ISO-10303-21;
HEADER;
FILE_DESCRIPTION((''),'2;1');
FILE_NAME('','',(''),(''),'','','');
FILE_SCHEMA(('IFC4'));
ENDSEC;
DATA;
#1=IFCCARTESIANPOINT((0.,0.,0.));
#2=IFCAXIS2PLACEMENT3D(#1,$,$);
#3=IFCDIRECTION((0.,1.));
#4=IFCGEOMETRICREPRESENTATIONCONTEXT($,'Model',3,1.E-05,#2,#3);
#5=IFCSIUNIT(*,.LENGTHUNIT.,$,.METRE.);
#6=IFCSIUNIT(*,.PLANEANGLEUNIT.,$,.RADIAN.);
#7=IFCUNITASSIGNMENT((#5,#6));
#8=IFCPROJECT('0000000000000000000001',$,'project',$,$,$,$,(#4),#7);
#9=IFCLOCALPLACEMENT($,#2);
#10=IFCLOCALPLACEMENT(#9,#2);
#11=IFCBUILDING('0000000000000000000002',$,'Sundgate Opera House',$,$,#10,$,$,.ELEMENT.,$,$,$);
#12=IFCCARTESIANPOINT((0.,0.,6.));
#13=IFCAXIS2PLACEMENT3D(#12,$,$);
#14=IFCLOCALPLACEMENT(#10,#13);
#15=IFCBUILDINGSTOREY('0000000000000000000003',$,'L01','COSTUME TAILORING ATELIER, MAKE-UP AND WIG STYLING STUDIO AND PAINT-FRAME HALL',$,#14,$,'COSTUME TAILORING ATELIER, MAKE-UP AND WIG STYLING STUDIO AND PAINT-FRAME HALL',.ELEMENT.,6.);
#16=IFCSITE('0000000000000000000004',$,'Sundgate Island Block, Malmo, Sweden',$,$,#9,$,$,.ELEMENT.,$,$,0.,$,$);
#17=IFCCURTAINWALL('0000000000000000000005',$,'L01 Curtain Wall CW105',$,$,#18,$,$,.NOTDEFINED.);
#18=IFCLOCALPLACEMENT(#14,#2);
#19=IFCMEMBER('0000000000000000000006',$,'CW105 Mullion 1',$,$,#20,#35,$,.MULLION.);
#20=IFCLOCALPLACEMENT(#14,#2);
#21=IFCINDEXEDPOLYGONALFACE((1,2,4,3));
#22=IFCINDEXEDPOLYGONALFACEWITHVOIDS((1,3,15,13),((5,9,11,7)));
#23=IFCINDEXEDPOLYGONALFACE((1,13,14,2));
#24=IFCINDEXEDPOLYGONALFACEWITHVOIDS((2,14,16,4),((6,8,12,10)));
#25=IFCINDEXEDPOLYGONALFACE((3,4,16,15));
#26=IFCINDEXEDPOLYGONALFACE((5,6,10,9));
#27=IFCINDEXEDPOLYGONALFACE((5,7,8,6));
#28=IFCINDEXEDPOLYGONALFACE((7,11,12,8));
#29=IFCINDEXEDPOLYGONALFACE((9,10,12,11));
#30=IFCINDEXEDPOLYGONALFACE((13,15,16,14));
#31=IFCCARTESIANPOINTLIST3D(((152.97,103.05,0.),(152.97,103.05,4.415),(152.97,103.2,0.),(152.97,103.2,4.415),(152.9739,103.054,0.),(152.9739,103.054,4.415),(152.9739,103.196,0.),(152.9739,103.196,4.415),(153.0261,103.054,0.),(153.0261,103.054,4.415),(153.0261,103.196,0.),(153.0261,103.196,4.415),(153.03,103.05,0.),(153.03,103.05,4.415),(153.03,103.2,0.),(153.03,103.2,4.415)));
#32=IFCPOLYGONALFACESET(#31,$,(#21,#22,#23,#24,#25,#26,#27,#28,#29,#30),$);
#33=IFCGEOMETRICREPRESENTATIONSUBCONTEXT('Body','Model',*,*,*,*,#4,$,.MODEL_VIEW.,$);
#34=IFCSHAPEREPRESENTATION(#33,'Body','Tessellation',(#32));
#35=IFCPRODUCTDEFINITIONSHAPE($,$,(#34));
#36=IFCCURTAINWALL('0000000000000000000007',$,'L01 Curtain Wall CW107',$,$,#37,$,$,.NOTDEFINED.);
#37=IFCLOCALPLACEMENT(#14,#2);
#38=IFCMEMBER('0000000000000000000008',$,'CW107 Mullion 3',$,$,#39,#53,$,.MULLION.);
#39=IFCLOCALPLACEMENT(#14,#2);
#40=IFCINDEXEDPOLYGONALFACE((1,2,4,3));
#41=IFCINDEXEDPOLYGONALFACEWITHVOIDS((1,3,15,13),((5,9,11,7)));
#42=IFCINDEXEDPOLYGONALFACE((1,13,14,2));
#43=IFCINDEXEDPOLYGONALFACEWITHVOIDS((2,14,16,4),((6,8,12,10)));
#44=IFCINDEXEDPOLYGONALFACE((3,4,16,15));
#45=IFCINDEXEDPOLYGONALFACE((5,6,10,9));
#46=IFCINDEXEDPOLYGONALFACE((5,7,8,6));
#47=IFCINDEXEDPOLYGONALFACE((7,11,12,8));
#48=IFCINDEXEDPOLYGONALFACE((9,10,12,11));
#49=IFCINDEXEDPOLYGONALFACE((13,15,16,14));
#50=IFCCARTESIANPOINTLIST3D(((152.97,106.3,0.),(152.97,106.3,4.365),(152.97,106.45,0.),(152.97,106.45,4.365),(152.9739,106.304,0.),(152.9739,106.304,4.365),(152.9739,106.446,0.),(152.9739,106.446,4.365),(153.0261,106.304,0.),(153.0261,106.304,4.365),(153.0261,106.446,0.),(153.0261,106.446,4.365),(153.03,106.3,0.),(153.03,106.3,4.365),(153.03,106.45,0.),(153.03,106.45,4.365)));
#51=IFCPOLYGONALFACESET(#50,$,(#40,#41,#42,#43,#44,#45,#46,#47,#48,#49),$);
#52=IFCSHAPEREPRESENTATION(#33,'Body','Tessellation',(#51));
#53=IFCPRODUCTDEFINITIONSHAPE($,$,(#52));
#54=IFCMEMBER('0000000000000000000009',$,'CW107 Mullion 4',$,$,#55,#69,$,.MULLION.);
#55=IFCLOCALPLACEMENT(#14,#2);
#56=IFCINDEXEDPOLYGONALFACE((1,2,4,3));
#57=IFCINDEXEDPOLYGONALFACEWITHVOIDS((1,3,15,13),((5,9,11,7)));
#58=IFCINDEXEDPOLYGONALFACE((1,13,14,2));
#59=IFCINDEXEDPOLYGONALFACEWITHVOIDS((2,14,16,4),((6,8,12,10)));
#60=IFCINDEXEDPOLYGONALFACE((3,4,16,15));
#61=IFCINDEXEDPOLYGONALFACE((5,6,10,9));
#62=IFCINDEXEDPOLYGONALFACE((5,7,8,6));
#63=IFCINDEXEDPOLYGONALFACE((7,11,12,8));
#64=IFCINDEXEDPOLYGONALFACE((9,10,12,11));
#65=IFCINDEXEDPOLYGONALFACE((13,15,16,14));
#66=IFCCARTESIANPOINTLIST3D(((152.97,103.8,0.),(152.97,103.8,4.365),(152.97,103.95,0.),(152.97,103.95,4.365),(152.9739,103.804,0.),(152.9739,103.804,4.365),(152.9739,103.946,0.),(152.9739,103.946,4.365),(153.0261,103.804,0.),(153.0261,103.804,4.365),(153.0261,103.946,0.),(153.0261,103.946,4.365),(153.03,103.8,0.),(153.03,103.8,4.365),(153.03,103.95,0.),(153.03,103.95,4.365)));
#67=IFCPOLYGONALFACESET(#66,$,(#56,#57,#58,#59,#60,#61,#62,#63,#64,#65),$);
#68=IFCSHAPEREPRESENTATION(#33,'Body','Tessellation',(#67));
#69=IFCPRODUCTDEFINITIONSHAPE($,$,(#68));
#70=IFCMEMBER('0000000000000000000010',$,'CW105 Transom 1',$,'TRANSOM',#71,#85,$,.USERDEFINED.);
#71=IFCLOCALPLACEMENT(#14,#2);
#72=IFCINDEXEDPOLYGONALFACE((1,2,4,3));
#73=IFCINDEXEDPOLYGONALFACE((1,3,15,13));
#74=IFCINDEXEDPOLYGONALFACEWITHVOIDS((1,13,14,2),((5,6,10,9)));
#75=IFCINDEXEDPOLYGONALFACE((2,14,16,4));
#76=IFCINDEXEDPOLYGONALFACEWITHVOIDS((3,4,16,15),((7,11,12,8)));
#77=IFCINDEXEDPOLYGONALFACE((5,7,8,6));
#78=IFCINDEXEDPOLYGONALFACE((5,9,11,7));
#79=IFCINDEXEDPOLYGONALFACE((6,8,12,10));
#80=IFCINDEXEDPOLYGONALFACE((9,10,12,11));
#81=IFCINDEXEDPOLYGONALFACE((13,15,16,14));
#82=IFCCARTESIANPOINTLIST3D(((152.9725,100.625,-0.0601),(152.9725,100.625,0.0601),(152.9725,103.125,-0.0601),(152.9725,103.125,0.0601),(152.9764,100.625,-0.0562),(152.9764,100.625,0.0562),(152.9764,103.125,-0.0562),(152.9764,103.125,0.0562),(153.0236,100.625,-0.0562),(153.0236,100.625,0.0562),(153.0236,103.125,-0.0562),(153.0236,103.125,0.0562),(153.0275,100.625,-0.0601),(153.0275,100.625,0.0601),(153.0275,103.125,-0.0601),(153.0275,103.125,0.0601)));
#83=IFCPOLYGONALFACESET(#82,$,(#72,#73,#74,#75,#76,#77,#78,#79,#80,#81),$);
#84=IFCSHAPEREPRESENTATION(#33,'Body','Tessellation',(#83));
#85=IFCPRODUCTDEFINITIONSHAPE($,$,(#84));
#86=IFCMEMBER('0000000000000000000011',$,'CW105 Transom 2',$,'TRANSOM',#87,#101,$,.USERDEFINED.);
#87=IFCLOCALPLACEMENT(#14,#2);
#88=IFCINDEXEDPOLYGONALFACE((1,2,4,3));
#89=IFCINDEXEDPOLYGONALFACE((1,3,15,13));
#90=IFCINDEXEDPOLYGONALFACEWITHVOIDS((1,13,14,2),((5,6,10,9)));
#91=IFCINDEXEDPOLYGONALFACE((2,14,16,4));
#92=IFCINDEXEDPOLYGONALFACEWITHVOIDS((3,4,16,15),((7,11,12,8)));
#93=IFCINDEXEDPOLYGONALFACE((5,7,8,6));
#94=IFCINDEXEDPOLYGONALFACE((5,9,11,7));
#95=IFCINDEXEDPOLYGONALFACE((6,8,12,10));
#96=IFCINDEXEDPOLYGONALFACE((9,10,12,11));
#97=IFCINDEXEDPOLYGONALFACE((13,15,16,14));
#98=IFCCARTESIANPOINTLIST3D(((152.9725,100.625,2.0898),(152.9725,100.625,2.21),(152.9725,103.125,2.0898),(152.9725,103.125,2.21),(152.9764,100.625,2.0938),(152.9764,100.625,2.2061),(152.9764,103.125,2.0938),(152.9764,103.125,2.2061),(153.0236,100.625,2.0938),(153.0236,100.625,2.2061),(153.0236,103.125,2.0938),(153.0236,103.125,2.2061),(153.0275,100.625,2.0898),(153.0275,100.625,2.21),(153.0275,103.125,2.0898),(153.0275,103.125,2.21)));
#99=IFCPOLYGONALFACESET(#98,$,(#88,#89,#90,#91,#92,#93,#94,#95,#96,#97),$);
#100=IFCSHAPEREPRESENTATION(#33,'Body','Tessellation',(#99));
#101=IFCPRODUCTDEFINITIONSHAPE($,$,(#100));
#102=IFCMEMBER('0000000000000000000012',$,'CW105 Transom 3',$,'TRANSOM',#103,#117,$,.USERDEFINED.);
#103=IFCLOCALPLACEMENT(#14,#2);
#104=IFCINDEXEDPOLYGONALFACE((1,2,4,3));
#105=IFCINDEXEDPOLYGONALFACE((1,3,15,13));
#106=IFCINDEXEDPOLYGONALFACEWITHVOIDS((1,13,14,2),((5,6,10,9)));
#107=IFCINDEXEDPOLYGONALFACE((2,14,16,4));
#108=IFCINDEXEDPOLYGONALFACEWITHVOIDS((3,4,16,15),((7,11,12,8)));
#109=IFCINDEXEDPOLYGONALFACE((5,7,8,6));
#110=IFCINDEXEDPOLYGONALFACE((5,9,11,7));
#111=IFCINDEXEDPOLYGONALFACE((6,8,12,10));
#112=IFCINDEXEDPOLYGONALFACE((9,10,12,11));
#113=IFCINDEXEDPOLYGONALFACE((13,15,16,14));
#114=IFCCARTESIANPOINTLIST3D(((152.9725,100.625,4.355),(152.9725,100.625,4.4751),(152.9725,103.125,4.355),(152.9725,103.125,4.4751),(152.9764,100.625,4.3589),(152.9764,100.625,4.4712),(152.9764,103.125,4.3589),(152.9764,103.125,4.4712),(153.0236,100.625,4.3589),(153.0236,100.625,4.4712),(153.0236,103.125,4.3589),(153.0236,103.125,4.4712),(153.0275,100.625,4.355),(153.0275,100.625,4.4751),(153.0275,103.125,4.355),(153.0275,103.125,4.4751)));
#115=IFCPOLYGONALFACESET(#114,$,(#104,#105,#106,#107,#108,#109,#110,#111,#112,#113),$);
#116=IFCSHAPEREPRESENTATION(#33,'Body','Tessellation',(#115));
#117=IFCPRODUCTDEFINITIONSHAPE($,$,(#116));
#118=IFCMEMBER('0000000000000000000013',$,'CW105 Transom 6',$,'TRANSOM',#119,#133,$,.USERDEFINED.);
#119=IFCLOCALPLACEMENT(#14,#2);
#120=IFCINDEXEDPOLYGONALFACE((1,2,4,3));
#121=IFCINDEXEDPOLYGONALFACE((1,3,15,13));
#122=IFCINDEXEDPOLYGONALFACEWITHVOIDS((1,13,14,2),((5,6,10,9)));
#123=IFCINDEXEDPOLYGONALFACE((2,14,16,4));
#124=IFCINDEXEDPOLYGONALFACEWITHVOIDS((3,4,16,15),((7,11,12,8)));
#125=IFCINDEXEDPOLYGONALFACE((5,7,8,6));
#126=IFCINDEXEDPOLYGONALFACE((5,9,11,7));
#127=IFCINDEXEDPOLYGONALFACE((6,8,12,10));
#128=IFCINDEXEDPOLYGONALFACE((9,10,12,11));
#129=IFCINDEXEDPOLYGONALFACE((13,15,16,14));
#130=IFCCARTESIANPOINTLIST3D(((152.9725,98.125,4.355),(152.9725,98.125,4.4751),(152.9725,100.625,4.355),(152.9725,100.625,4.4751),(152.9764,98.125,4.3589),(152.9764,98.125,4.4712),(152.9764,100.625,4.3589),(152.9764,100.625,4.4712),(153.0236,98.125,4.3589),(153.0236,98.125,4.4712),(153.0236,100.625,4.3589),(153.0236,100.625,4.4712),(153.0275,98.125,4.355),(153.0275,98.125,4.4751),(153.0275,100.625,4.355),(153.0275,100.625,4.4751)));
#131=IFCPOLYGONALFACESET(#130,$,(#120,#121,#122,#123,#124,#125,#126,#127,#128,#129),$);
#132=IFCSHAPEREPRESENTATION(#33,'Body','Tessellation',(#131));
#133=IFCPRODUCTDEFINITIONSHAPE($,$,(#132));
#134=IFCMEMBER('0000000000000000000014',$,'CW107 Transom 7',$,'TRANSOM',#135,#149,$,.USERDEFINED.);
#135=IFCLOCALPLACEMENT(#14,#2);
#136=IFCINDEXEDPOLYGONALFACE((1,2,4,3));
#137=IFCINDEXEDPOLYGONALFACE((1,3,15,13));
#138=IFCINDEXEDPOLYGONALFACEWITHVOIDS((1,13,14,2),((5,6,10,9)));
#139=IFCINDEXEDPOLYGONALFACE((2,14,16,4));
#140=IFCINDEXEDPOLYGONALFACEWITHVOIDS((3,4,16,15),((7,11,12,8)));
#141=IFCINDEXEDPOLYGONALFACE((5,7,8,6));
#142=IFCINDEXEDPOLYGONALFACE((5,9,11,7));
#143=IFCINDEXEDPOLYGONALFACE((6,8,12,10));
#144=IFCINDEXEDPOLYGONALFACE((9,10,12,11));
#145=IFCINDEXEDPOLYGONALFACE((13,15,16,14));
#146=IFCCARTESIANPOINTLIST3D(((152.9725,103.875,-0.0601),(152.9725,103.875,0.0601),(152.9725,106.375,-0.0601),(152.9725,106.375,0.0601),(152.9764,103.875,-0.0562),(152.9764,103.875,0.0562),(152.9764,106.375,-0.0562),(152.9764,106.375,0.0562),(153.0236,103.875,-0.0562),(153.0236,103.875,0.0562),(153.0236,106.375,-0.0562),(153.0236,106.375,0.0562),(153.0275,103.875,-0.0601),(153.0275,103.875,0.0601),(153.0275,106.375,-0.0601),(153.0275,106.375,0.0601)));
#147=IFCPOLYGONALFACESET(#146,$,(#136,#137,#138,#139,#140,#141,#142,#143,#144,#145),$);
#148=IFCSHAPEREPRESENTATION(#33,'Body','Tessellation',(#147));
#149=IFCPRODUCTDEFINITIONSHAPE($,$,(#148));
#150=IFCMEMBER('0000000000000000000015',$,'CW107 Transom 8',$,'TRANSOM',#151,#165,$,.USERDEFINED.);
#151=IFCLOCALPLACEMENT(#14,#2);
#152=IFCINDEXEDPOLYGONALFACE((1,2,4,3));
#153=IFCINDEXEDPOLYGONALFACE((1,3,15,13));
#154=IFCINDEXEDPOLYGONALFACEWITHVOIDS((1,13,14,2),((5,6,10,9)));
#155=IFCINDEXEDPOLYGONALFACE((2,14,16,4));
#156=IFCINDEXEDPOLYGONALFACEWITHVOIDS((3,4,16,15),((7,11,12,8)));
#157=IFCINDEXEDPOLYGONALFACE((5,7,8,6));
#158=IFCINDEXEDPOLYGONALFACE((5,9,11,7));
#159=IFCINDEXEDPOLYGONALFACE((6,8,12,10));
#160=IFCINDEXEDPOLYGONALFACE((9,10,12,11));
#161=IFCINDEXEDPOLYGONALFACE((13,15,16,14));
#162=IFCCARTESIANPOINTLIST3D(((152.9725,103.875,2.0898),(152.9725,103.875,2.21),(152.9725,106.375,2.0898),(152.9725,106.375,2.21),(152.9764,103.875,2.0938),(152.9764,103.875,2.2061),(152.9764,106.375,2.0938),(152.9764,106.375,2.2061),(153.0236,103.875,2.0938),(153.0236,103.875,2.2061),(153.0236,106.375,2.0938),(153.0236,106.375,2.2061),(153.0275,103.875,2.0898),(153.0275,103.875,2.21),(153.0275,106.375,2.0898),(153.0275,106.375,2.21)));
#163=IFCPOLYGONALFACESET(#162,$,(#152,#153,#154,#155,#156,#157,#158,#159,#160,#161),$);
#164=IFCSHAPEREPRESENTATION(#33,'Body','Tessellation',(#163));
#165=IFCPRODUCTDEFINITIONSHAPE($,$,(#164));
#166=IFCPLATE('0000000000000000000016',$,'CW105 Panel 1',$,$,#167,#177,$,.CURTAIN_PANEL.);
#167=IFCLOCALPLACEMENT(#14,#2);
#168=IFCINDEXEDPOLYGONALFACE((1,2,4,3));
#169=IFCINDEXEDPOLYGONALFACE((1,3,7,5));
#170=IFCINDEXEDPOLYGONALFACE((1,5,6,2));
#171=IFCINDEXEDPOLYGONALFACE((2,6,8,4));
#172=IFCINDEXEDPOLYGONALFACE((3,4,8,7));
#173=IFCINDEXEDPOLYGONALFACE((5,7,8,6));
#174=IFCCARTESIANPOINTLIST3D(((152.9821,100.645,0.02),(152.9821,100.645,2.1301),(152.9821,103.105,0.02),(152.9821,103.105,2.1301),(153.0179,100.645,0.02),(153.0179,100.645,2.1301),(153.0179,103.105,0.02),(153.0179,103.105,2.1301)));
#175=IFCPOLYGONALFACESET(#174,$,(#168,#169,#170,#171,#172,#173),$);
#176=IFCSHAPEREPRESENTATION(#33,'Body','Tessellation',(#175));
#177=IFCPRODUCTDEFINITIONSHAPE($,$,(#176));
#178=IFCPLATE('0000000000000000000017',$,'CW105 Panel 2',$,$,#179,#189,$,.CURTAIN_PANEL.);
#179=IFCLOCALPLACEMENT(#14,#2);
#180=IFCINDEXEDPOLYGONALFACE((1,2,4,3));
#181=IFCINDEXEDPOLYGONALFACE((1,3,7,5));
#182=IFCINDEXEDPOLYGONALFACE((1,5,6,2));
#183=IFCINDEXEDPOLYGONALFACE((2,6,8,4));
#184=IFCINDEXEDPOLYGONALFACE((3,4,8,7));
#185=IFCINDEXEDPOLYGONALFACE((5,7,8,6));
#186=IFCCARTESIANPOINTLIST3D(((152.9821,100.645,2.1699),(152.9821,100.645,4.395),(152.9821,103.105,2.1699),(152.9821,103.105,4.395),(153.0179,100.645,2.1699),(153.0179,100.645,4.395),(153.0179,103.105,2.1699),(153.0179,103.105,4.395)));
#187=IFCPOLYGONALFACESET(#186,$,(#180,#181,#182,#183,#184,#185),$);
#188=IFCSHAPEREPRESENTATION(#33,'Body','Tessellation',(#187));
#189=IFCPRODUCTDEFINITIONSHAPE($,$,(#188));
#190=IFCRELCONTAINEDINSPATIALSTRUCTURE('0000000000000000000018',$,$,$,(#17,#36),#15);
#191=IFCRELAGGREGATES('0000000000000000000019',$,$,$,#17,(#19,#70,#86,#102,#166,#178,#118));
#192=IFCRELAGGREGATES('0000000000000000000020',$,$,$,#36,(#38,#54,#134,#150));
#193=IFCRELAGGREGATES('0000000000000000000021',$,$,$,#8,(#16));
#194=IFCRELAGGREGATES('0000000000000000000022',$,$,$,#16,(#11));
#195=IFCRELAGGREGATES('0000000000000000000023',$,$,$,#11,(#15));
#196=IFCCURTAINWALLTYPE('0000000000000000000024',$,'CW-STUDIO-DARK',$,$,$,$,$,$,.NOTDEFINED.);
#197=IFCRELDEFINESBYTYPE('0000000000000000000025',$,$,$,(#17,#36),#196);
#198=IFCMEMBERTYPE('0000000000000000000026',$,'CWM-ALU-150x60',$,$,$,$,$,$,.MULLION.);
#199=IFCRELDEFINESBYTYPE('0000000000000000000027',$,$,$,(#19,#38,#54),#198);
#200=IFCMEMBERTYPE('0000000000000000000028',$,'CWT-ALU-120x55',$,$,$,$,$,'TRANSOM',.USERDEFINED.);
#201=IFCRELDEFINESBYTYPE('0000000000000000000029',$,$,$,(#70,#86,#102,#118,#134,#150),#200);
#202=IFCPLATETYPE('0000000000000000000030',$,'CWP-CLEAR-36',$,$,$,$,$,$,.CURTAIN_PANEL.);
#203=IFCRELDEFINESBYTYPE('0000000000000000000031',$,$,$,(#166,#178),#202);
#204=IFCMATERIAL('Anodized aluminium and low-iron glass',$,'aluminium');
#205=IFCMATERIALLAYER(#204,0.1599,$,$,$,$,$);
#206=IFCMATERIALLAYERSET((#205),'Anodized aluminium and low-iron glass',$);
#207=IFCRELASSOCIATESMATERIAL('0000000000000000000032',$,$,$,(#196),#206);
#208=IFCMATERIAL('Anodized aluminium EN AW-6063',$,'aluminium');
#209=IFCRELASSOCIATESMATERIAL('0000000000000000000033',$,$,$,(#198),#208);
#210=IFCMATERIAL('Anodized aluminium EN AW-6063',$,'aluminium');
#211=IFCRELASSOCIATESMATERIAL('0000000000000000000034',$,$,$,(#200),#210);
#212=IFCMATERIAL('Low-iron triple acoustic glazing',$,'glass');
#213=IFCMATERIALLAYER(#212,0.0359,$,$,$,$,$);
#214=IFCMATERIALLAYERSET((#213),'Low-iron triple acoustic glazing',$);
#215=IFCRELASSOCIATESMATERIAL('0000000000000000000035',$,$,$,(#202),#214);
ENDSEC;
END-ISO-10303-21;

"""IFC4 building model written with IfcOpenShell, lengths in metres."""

from ifc_helpers import new_model, si_unit, direction, frame, origin, origin_2d, place, context, subcontext, project, spatial, rectangle, hollow_rectangle, extrude, material, layer, layer_set, material_profile, profile_set, type_object, element, aggregate, save


model = new_model("IFC4")

# Units and contexts
model_context = context("Model", 3, precision=1e-05, world=origin(), true_north=direction((0.0, 1.0)))
body_context = subcontext(model_context, "Body", "Model", "MODEL_VIEW")
ifc_project = project(units=[si_unit("LENGTHUNIT", "METRE"), si_unit("PLANEANGLEUNIT", "RADIAN")], contexts=[model_context])

# Site, building, storey
site_placement = place(None, origin())
site = spatial("IfcSite", under=ifc_project, at=site_placement, Name="Sundgate Island Block, Malmo, Sweden", CompositionType="ELEMENT", RefElevation=0.0)
building_placement = place(site_placement, origin())
building = spatial("IfcBuilding", under=site, at=building_placement, Name="Sundgate Opera House", CompositionType="ELEMENT")
storey_placement = place(building_placement, frame((0.0, 0.0, 6.0)))
storey = spatial("IfcBuildingStorey", under=building, at=storey_placement, Name="L01", Description="COSTUME TAILORING ATELIER, MAKE-UP AND WIG STYLING STUDIO AND PAINT-FRAME HALL", LongName="COSTUME TAILORING ATELIER, MAKE-UP AND WIG STYLING STUDIO AND PAINT-FRAME HALL", CompositionType="ELEMENT", Elevation=6.0)

# Curtain wall, member
ifc_material_1 = material(Name="Anodized aluminium and low-iron glass", Category="aluminium")
ifc_layer_1 = layer(ifc_material_1, 0.1599)
ifc_layer_set_1 = layer_set([ifc_layer_1], Name="Anodized aluminium and low-iron glass")
curtain_wall_type = type_object("IfcCurtainWallType", Name="CW-STUDIO-DARK", PredefinedType="NOTDEFINED", material=ifc_layer_set_1)
curtain_wall_1_placement = place(storey_placement, origin())
curtain_wall_1 = element("IfcCurtainWall", 1, at=curtain_wall_1_placement, inside=storey, type_object=curtain_wall_type, Name="L01 Curtain Wall CW105", PredefinedType="NOTDEFINED")
ifc_material_2 = material(Name="Anodized aluminium EN AW-6063", Category="aluminium")
ifc_material_profile_1 = material_profile(ifc_material_2, hollow_rectangle(XDim=0.0601, YDim=0.1499, WallThickness=0.0039, at=origin_2d()), Name="CWM 150x60x4")
ifc_profile_set_1 = profile_set([ifc_material_profile_1], Name="Anodized aluminium EN AW-6063")
member_type_1 = type_object("IfcMemberType", Name="CWM-ALU-150x60", PredefinedType="MULLION", material=ifc_profile_set_1)
member_1_placement = place(storey_placement, frame((153.0, 103.125, 0.0), z_axis=(0.0, 0.0, 1.0), x_axis=(1.0, 0.0, 0.0)))
member_1 = element("IfcMember", 2, at=member_1_placement, type_object=member_type_1, Name="CW105 Mullion 1", PredefinedType="MULLION", context=body_context, shape_type="SweptSolid", body=[
    extrude(hollow_rectangle(XDim=0.0601, YDim=0.1499, WallThickness=0.0039, at=origin_2d()), origin(), (0.0, 0.0, 1.0), 4.415),
])

# Curtain wall, members
curtain_wall_2_placement = place(storey_placement, origin())
curtain_wall_2 = element("IfcCurtainWall", 3, at=curtain_wall_2_placement, inside=storey, type_object=curtain_wall_type, Name="L01 Curtain Wall CW107", PredefinedType="NOTDEFINED")
member_2_placement = place(storey_placement, frame((153.0, 106.375, 0.0), z_axis=(0.0, 0.0, 1.0), x_axis=(1.0, 0.0, 0.0)))
member_2 = element("IfcMember", 4, at=member_2_placement, type_object=member_type_1, Name="CW107 Mullion 3", PredefinedType="MULLION", context=body_context, shape_type="SweptSolid", body=[
    extrude(hollow_rectangle(XDim=0.0601, YDim=0.1499, WallThickness=0.0039, at=origin_2d()), origin(), (0.0, 0.0, 1.0), 4.365),
])
member_3_placement = place(storey_placement, frame((153.0, 103.875, 0.0), z_axis=(0.0, 0.0, 1.0), x_axis=(1.0, 0.0, 0.0)))
member_3 = element("IfcMember", 5, at=member_3_placement, type_object=member_type_1, Name="CW107 Mullion 4", PredefinedType="MULLION", context=body_context, shape_type="SweptSolid", body=[
    extrude(hollow_rectangle(XDim=0.0601, YDim=0.1499, WallThickness=0.0039, at=origin_2d()), origin(), (0.0, 0.0, 1.0), 4.365),
])

# Members
ifc_material_3 = material(Name="Anodized aluminium EN AW-6063", Category="aluminium")
ifc_material_profile_2 = material_profile(ifc_material_3, hollow_rectangle(XDim=0.0549, YDim=0.1201, WallThickness=0.0039, at=origin_2d()), Name="CWT 120x55x4")
ifc_profile_set_2 = profile_set([ifc_material_profile_2], Name="Anodized aluminium EN AW-6063")
member_type_2 = type_object("IfcMemberType", Name="CWT-ALU-120x55", ElementType="TRANSOM", PredefinedType="USERDEFINED", material=ifc_profile_set_2)
member_4_placement = place(storey_placement, frame((153.0, 103.125, 0.0), z_axis=(0.0, -1.0, 0.0), x_axis=(1.0, 0.0, 0.0)))
member_4 = element("IfcMember", 6, at=member_4_placement, type_object=member_type_2, Name="CW105 Transom 1", ObjectType="TRANSOM", PredefinedType="USERDEFINED", context=body_context, shape_type="SweptSolid", body=[
    extrude(hollow_rectangle(XDim=0.0549, YDim=0.1201, WallThickness=0.0039, at=origin_2d()), origin(), (0.0, 0.0, 1.0), 2.5),
])
member_5_placement = place(storey_placement, frame((153.0, 103.125, 2.1499), z_axis=(0.0, -1.0, 0.0), x_axis=(1.0, 0.0, 0.0)))
member_5 = element("IfcMember", 7, at=member_5_placement, type_object=member_type_2, Name="CW105 Transom 2", ObjectType="TRANSOM", PredefinedType="USERDEFINED", context=body_context, shape_type="SweptSolid", body=[
    extrude(hollow_rectangle(XDim=0.0549, YDim=0.1201, WallThickness=0.0039, at=origin_2d()), origin(), (0.0, 0.0, 1.0), 2.5),
])
member_6_placement = place(storey_placement, frame((153.0, 103.125, 4.415), z_axis=(0.0, -1.0, 0.0), x_axis=(1.0, 0.0, 0.0)))
member_6 = element("IfcMember", 8, at=member_6_placement, type_object=member_type_2, Name="CW105 Transom 3", ObjectType="TRANSOM", PredefinedType="USERDEFINED", context=body_context, shape_type="SweptSolid", body=[
    extrude(hollow_rectangle(XDim=0.0549, YDim=0.1201, WallThickness=0.0039, at=origin_2d()), origin(), (0.0, 0.0, 1.0), 2.5),
])
member_7_placement = place(storey_placement, frame((153.0, 100.625, 4.415), z_axis=(0.0, -1.0, 0.0), x_axis=(1.0, 0.0, 0.0)))
member_7 = element("IfcMember", 9, at=member_7_placement, type_object=member_type_2, Name="CW105 Transom 6", ObjectType="TRANSOM", PredefinedType="USERDEFINED", context=body_context, shape_type="SweptSolid", body=[
    extrude(hollow_rectangle(XDim=0.0549, YDim=0.1201, WallThickness=0.0039, at=origin_2d()), origin(), (0.0, 0.0, 1.0), 2.5),
])
member_8_placement = place(storey_placement, frame((153.0, 106.375, 0.0), z_axis=(0.0, -1.0, 0.0), x_axis=(1.0, 0.0, 0.0)))
member_8 = element("IfcMember", 10, at=member_8_placement, type_object=member_type_2, Name="CW107 Transom 7", ObjectType="TRANSOM", PredefinedType="USERDEFINED", context=body_context, shape_type="SweptSolid", body=[
    extrude(hollow_rectangle(XDim=0.0549, YDim=0.1201, WallThickness=0.0039, at=origin_2d()), origin(), (0.0, 0.0, 1.0), 2.5),
])
member_9_placement = place(storey_placement, frame((153.0, 106.375, 2.1499), z_axis=(0.0, -1.0, 0.0), x_axis=(1.0, 0.0, 0.0)))
member_9 = element("IfcMember", 11, at=member_9_placement, type_object=member_type_2, Name="CW107 Transom 8", ObjectType="TRANSOM", PredefinedType="USERDEFINED", context=body_context, shape_type="SweptSolid", body=[
    extrude(hollow_rectangle(XDim=0.0549, YDim=0.1201, WallThickness=0.0039, at=origin_2d()), origin(), (0.0, 0.0, 1.0), 2.5),
])

# Plates
ifc_material_4 = material(Name="Low-iron triple acoustic glazing", Category="glass")
ifc_layer_2 = layer(ifc_material_4, 0.0359)
ifc_layer_set_2 = layer_set([ifc_layer_2], Name="Low-iron triple acoustic glazing")
plate_type = type_object("IfcPlateType", Name="CWP-CLEAR-36", PredefinedType="CURTAIN_PANEL", material=ifc_layer_set_2)
plate_1_placement = place(storey_placement, frame((153.0, 101.875, 0.02), z_axis=(0.0, 0.0, 1.0), x_axis=(0.0, -1.0, 0.0)))
plate_1 = element("IfcPlate", 12, at=plate_1_placement, type_object=plate_type, Name="CW105 Panel 1", PredefinedType="CURTAIN_PANEL", context=body_context, shape_type="SweptSolid", body=[
    extrude(rectangle(XDim=2.46, YDim=0.0359, at=origin_2d()), origin(), (0.0, 0.0, 1.0), 2.1101),
])
plate_2_placement = place(storey_placement, frame((153.0, 101.875, 2.1699), z_axis=(0.0, 0.0, 1.0), x_axis=(0.0, -1.0, 0.0)))
plate_2 = element("IfcPlate", 13, at=plate_2_placement, type_object=plate_type, Name="CW105 Panel 2", PredefinedType="CURTAIN_PANEL", context=body_context, shape_type="SweptSolid", body=[
    extrude(rectangle(XDim=2.46, YDim=0.0359, at=origin_2d()), origin(), (0.0, 0.0, 1.0), 2.2251),
])
aggregate(curtain_wall_1, [member_1, member_4, member_5, member_6, plate_1, plate_2, member_7])
aggregate(curtain_wall_2, [member_2, member_3, member_8, member_9])

save(model, "model.ifc")
